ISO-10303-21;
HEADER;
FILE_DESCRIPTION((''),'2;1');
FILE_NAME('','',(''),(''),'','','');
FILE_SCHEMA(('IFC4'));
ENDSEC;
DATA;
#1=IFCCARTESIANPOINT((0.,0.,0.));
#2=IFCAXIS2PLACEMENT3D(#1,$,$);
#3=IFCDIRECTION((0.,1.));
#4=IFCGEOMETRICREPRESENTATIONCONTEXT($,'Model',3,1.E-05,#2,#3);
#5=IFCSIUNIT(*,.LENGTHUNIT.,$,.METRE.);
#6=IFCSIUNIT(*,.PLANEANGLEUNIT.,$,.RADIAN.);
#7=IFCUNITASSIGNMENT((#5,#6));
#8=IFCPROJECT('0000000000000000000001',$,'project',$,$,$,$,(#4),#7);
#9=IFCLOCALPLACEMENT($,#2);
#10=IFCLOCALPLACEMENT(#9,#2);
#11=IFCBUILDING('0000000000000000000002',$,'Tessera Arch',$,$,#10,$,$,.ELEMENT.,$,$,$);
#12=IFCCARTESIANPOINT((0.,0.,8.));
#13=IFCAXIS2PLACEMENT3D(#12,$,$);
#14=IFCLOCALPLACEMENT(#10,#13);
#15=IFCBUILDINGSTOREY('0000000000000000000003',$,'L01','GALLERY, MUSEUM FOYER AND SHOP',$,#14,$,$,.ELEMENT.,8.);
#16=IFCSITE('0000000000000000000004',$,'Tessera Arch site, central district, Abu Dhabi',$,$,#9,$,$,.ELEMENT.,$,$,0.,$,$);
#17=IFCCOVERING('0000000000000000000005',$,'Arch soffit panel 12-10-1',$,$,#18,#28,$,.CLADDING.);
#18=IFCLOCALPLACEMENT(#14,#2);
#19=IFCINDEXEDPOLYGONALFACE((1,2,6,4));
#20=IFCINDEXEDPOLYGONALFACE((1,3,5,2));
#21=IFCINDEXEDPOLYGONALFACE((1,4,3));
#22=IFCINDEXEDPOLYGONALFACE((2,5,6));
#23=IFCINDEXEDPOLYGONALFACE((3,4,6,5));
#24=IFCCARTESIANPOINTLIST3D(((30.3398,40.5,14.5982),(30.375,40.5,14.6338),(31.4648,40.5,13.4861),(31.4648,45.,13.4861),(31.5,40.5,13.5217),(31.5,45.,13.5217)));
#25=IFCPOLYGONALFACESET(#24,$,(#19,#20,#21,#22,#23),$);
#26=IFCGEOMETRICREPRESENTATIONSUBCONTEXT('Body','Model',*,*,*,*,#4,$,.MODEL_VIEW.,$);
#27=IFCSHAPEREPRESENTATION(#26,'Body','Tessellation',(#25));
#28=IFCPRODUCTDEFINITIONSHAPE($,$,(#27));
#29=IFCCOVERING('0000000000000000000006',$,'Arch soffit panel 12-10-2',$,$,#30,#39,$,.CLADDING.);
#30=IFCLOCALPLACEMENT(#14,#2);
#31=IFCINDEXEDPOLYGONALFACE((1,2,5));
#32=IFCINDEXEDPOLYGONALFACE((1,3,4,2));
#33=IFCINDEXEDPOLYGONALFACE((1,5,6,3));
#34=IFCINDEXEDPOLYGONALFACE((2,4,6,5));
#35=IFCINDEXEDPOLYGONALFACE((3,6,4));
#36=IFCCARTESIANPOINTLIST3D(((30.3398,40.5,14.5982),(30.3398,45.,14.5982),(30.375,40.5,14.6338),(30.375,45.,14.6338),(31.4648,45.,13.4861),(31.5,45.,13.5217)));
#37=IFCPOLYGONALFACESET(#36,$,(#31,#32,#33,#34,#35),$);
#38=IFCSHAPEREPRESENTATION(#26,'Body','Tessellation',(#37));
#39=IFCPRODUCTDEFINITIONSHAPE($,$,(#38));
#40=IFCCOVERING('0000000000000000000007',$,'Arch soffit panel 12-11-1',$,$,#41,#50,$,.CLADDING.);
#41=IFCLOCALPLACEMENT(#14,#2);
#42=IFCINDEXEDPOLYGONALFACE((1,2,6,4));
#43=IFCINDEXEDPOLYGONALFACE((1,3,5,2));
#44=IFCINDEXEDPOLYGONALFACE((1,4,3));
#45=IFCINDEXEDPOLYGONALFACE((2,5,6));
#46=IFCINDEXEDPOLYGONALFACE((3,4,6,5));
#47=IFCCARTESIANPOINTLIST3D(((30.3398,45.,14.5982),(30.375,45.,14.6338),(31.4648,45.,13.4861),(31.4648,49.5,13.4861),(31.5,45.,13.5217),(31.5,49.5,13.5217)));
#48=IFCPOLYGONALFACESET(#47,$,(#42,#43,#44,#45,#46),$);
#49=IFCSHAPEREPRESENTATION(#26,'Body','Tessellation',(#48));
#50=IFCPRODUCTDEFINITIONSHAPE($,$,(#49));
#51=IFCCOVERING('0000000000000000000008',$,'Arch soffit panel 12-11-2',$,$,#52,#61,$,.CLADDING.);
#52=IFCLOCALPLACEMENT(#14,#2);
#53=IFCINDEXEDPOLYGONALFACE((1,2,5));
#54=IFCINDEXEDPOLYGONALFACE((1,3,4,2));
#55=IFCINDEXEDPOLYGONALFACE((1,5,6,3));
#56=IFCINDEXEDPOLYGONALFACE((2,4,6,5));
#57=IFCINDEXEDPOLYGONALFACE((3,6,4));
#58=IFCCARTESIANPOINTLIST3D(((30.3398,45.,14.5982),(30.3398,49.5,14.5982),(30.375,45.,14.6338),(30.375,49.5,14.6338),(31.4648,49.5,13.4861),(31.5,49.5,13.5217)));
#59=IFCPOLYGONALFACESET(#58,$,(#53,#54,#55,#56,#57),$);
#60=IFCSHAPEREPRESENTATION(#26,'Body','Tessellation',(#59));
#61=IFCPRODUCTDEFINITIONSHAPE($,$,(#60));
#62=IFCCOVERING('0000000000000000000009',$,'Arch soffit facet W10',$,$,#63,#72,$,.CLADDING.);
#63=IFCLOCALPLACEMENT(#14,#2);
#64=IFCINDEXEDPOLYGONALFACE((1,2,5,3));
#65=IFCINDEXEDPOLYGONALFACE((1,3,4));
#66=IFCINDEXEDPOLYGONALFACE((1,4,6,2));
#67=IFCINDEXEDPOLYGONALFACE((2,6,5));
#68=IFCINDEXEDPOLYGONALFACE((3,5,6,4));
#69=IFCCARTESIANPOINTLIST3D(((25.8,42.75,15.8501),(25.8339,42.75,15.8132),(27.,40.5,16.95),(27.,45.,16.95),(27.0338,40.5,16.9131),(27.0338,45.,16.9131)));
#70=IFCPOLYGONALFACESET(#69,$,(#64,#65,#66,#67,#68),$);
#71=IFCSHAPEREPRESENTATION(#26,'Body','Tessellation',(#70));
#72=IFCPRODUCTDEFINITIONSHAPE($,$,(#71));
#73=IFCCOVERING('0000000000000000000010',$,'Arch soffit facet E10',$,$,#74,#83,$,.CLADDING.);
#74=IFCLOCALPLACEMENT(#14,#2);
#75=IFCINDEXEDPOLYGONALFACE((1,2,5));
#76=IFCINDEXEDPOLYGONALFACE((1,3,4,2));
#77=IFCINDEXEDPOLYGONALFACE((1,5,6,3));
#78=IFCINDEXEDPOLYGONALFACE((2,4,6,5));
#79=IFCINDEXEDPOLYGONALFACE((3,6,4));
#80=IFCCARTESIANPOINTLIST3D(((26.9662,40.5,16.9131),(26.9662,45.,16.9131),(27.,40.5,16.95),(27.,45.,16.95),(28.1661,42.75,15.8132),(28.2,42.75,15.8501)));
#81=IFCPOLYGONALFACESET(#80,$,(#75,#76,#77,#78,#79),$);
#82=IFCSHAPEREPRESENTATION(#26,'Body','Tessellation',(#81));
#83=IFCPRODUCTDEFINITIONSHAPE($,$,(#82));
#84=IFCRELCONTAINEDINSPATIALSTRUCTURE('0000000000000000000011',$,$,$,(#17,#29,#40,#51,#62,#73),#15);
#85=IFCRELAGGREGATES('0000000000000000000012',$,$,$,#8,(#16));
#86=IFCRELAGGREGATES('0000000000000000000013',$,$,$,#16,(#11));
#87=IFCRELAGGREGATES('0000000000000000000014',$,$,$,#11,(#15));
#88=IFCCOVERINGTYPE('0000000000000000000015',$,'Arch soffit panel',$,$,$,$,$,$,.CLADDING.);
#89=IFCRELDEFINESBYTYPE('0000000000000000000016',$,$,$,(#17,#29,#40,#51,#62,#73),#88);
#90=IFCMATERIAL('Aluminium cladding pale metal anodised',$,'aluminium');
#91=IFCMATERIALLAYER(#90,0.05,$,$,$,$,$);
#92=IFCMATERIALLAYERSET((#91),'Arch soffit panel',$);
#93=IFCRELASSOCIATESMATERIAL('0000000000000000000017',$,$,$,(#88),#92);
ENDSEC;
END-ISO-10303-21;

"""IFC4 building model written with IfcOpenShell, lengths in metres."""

from ifc_helpers import new_model, si_unit, direction, frame, origin, place, context, subcontext, project, spatial, polyline, outline, extrude, material, layer, layer_set, type_object, element, save


model = new_model("IFC4")

# Units and contexts
model_context = context("Model", 3, precision=1e-05, world=origin(), true_north=direction((0.0, 1.0)))
body_context = subcontext(model_context, "Body", "Model", "MODEL_VIEW")
ifc_project = project(units=[si_unit("LENGTHUNIT", "METRE"), si_unit("PLANEANGLEUNIT", "RADIAN")], contexts=[model_context])

# Site, building, storey
site_placement = place(None, origin())
site = spatial("IfcSite", under=ifc_project, at=site_placement, Name="Tessera Arch site, central district, Abu Dhabi", CompositionType="ELEMENT", RefElevation=0.0)
building_placement = place(site_placement, origin())
building = spatial("IfcBuilding", under=site, at=building_placement, Name="Tessera Arch", CompositionType="ELEMENT")
storey_placement = place(building_placement, frame((0.0, 0.0, 8.0)))
storey = spatial("IfcBuildingStorey", under=building, at=storey_placement, Name="L01", Description="GALLERY, MUSEUM FOYER AND SHOP", CompositionType="ELEMENT", Elevation=8.0)

# Coverings
ifc_material = material(Name="Aluminium cladding pale metal anodised", Category="aluminium")
ifc_layer = layer(ifc_material, 0.05)
ifc_layer_set = layer_set([ifc_layer], Name="Arch soffit panel")
covering_type = type_object("IfcCoveringType", Name="Arch soffit panel", PredefinedType="CLADDING", material=ifc_layer_set)
covering_1_placement = place(storey_placement, frame((30.375, 40.5, 14.6338), z_axis=(0.703005, 0.0, 0.711185), x_axis=(0.711185, 0.0, -0.703005)))
element("IfcCovering", 1, at=covering_1_placement, inside=storey, type_object=covering_type, Name="Arch soffit panel 12-10-1", PredefinedType="CLADDING", context=body_context, shape_type="SweptSolid", body=[
    extrude(outline(polyline([(0.0, 0.0), (1.5819, 0.0), (1.5819, 4.5), (0.0, 0.0)])), origin(), (0.0, 0.0, -1.0), 0.05),
])
covering_2_placement = place(storey_placement, frame((30.375, 40.5, 14.6338), z_axis=(0.703005, 0.0, 0.711185), x_axis=(0.235852, 0.943409, -0.233139)))
element("IfcCovering", 2, at=covering_2_placement, inside=storey, type_object=covering_type, Name="Arch soffit panel 12-10-2", PredefinedType="CLADDING", context=body_context, shape_type="SweptSolid", body=[
    extrude(outline(polyline([(0.0, 0.0), (4.7699, 0.0), (4.2453, 1.4923), (0.0, 0.0)])), origin(), (0.0, 0.0, -1.0), 0.05),
])
covering_3_placement = place(storey_placement, frame((30.375, 45.0, 14.6338), z_axis=(0.703005, 0.0, 0.711185), x_axis=(0.711185, 0.0, -0.703005)))
element("IfcCovering", 3, at=covering_3_placement, inside=storey, type_object=covering_type, Name="Arch soffit panel 12-11-1", PredefinedType="CLADDING", context=body_context, shape_type="SweptSolid", body=[
    extrude(outline(polyline([(0.0, 0.0), (1.5819, 0.0), (1.5819, 4.5), (0.0, 0.0)])), origin(), (0.0, 0.0, -1.0), 0.05),
])
covering_4_placement = place(storey_placement, frame((30.375, 45.0, 14.6338), z_axis=(0.703005, 0.0, 0.711185), x_axis=(0.235852, 0.943409, -0.233139)))
element("IfcCovering", 4, at=covering_4_placement, inside=storey, type_object=covering_type, Name="Arch soffit panel 12-11-2", PredefinedType="CLADDING", context=body_context, shape_type="SweptSolid", body=[
    extrude(outline(polyline([(0.0, 0.0), (4.7699, 0.0), (4.2453, 1.4923), (0.0, 0.0)])), origin(), (0.0, 0.0, -1.0), 0.05),
])
covering_5_placement = place(storey_placement, frame((27.0, 40.5, 16.95), z_axis=(-0.675691, 0.0, 0.737185), x_axis=(0.0, 1.0, 0.0)))
element("IfcCovering", 5, at=covering_5_placement, inside=storey, type_object=covering_type, Name="Arch soffit facet W10", PredefinedType="CLADDING", context=body_context, shape_type="SweptSolid", body=[
    extrude(outline(polyline([(0.0, 0.0), (4.5, 0.0), (2.25, 1.6277), (0.0, 0.0)])), origin(), (0.0, 0.0, -1.0), 0.05),
])
covering_6_placement = place(storey_placement, frame((27.0, 40.5, 16.95), z_axis=(0.675691, 0.0, 0.737185), x_axis=(0.0, 1.0, 0.0)))
element("IfcCovering", 6, at=covering_6_placement, inside=storey, type_object=covering_type, Name="Arch soffit facet E10", PredefinedType="CLADDING", context=body_context, shape_type="SweptSolid", body=[
    extrude(outline(polyline([(0.0, 0.0), (4.5, 0.0), (2.25, -1.6277), (0.0, 0.0)])), origin(), (0.0, 0.0, -1.0), 0.05),
])

save(model, "model.ifc")
